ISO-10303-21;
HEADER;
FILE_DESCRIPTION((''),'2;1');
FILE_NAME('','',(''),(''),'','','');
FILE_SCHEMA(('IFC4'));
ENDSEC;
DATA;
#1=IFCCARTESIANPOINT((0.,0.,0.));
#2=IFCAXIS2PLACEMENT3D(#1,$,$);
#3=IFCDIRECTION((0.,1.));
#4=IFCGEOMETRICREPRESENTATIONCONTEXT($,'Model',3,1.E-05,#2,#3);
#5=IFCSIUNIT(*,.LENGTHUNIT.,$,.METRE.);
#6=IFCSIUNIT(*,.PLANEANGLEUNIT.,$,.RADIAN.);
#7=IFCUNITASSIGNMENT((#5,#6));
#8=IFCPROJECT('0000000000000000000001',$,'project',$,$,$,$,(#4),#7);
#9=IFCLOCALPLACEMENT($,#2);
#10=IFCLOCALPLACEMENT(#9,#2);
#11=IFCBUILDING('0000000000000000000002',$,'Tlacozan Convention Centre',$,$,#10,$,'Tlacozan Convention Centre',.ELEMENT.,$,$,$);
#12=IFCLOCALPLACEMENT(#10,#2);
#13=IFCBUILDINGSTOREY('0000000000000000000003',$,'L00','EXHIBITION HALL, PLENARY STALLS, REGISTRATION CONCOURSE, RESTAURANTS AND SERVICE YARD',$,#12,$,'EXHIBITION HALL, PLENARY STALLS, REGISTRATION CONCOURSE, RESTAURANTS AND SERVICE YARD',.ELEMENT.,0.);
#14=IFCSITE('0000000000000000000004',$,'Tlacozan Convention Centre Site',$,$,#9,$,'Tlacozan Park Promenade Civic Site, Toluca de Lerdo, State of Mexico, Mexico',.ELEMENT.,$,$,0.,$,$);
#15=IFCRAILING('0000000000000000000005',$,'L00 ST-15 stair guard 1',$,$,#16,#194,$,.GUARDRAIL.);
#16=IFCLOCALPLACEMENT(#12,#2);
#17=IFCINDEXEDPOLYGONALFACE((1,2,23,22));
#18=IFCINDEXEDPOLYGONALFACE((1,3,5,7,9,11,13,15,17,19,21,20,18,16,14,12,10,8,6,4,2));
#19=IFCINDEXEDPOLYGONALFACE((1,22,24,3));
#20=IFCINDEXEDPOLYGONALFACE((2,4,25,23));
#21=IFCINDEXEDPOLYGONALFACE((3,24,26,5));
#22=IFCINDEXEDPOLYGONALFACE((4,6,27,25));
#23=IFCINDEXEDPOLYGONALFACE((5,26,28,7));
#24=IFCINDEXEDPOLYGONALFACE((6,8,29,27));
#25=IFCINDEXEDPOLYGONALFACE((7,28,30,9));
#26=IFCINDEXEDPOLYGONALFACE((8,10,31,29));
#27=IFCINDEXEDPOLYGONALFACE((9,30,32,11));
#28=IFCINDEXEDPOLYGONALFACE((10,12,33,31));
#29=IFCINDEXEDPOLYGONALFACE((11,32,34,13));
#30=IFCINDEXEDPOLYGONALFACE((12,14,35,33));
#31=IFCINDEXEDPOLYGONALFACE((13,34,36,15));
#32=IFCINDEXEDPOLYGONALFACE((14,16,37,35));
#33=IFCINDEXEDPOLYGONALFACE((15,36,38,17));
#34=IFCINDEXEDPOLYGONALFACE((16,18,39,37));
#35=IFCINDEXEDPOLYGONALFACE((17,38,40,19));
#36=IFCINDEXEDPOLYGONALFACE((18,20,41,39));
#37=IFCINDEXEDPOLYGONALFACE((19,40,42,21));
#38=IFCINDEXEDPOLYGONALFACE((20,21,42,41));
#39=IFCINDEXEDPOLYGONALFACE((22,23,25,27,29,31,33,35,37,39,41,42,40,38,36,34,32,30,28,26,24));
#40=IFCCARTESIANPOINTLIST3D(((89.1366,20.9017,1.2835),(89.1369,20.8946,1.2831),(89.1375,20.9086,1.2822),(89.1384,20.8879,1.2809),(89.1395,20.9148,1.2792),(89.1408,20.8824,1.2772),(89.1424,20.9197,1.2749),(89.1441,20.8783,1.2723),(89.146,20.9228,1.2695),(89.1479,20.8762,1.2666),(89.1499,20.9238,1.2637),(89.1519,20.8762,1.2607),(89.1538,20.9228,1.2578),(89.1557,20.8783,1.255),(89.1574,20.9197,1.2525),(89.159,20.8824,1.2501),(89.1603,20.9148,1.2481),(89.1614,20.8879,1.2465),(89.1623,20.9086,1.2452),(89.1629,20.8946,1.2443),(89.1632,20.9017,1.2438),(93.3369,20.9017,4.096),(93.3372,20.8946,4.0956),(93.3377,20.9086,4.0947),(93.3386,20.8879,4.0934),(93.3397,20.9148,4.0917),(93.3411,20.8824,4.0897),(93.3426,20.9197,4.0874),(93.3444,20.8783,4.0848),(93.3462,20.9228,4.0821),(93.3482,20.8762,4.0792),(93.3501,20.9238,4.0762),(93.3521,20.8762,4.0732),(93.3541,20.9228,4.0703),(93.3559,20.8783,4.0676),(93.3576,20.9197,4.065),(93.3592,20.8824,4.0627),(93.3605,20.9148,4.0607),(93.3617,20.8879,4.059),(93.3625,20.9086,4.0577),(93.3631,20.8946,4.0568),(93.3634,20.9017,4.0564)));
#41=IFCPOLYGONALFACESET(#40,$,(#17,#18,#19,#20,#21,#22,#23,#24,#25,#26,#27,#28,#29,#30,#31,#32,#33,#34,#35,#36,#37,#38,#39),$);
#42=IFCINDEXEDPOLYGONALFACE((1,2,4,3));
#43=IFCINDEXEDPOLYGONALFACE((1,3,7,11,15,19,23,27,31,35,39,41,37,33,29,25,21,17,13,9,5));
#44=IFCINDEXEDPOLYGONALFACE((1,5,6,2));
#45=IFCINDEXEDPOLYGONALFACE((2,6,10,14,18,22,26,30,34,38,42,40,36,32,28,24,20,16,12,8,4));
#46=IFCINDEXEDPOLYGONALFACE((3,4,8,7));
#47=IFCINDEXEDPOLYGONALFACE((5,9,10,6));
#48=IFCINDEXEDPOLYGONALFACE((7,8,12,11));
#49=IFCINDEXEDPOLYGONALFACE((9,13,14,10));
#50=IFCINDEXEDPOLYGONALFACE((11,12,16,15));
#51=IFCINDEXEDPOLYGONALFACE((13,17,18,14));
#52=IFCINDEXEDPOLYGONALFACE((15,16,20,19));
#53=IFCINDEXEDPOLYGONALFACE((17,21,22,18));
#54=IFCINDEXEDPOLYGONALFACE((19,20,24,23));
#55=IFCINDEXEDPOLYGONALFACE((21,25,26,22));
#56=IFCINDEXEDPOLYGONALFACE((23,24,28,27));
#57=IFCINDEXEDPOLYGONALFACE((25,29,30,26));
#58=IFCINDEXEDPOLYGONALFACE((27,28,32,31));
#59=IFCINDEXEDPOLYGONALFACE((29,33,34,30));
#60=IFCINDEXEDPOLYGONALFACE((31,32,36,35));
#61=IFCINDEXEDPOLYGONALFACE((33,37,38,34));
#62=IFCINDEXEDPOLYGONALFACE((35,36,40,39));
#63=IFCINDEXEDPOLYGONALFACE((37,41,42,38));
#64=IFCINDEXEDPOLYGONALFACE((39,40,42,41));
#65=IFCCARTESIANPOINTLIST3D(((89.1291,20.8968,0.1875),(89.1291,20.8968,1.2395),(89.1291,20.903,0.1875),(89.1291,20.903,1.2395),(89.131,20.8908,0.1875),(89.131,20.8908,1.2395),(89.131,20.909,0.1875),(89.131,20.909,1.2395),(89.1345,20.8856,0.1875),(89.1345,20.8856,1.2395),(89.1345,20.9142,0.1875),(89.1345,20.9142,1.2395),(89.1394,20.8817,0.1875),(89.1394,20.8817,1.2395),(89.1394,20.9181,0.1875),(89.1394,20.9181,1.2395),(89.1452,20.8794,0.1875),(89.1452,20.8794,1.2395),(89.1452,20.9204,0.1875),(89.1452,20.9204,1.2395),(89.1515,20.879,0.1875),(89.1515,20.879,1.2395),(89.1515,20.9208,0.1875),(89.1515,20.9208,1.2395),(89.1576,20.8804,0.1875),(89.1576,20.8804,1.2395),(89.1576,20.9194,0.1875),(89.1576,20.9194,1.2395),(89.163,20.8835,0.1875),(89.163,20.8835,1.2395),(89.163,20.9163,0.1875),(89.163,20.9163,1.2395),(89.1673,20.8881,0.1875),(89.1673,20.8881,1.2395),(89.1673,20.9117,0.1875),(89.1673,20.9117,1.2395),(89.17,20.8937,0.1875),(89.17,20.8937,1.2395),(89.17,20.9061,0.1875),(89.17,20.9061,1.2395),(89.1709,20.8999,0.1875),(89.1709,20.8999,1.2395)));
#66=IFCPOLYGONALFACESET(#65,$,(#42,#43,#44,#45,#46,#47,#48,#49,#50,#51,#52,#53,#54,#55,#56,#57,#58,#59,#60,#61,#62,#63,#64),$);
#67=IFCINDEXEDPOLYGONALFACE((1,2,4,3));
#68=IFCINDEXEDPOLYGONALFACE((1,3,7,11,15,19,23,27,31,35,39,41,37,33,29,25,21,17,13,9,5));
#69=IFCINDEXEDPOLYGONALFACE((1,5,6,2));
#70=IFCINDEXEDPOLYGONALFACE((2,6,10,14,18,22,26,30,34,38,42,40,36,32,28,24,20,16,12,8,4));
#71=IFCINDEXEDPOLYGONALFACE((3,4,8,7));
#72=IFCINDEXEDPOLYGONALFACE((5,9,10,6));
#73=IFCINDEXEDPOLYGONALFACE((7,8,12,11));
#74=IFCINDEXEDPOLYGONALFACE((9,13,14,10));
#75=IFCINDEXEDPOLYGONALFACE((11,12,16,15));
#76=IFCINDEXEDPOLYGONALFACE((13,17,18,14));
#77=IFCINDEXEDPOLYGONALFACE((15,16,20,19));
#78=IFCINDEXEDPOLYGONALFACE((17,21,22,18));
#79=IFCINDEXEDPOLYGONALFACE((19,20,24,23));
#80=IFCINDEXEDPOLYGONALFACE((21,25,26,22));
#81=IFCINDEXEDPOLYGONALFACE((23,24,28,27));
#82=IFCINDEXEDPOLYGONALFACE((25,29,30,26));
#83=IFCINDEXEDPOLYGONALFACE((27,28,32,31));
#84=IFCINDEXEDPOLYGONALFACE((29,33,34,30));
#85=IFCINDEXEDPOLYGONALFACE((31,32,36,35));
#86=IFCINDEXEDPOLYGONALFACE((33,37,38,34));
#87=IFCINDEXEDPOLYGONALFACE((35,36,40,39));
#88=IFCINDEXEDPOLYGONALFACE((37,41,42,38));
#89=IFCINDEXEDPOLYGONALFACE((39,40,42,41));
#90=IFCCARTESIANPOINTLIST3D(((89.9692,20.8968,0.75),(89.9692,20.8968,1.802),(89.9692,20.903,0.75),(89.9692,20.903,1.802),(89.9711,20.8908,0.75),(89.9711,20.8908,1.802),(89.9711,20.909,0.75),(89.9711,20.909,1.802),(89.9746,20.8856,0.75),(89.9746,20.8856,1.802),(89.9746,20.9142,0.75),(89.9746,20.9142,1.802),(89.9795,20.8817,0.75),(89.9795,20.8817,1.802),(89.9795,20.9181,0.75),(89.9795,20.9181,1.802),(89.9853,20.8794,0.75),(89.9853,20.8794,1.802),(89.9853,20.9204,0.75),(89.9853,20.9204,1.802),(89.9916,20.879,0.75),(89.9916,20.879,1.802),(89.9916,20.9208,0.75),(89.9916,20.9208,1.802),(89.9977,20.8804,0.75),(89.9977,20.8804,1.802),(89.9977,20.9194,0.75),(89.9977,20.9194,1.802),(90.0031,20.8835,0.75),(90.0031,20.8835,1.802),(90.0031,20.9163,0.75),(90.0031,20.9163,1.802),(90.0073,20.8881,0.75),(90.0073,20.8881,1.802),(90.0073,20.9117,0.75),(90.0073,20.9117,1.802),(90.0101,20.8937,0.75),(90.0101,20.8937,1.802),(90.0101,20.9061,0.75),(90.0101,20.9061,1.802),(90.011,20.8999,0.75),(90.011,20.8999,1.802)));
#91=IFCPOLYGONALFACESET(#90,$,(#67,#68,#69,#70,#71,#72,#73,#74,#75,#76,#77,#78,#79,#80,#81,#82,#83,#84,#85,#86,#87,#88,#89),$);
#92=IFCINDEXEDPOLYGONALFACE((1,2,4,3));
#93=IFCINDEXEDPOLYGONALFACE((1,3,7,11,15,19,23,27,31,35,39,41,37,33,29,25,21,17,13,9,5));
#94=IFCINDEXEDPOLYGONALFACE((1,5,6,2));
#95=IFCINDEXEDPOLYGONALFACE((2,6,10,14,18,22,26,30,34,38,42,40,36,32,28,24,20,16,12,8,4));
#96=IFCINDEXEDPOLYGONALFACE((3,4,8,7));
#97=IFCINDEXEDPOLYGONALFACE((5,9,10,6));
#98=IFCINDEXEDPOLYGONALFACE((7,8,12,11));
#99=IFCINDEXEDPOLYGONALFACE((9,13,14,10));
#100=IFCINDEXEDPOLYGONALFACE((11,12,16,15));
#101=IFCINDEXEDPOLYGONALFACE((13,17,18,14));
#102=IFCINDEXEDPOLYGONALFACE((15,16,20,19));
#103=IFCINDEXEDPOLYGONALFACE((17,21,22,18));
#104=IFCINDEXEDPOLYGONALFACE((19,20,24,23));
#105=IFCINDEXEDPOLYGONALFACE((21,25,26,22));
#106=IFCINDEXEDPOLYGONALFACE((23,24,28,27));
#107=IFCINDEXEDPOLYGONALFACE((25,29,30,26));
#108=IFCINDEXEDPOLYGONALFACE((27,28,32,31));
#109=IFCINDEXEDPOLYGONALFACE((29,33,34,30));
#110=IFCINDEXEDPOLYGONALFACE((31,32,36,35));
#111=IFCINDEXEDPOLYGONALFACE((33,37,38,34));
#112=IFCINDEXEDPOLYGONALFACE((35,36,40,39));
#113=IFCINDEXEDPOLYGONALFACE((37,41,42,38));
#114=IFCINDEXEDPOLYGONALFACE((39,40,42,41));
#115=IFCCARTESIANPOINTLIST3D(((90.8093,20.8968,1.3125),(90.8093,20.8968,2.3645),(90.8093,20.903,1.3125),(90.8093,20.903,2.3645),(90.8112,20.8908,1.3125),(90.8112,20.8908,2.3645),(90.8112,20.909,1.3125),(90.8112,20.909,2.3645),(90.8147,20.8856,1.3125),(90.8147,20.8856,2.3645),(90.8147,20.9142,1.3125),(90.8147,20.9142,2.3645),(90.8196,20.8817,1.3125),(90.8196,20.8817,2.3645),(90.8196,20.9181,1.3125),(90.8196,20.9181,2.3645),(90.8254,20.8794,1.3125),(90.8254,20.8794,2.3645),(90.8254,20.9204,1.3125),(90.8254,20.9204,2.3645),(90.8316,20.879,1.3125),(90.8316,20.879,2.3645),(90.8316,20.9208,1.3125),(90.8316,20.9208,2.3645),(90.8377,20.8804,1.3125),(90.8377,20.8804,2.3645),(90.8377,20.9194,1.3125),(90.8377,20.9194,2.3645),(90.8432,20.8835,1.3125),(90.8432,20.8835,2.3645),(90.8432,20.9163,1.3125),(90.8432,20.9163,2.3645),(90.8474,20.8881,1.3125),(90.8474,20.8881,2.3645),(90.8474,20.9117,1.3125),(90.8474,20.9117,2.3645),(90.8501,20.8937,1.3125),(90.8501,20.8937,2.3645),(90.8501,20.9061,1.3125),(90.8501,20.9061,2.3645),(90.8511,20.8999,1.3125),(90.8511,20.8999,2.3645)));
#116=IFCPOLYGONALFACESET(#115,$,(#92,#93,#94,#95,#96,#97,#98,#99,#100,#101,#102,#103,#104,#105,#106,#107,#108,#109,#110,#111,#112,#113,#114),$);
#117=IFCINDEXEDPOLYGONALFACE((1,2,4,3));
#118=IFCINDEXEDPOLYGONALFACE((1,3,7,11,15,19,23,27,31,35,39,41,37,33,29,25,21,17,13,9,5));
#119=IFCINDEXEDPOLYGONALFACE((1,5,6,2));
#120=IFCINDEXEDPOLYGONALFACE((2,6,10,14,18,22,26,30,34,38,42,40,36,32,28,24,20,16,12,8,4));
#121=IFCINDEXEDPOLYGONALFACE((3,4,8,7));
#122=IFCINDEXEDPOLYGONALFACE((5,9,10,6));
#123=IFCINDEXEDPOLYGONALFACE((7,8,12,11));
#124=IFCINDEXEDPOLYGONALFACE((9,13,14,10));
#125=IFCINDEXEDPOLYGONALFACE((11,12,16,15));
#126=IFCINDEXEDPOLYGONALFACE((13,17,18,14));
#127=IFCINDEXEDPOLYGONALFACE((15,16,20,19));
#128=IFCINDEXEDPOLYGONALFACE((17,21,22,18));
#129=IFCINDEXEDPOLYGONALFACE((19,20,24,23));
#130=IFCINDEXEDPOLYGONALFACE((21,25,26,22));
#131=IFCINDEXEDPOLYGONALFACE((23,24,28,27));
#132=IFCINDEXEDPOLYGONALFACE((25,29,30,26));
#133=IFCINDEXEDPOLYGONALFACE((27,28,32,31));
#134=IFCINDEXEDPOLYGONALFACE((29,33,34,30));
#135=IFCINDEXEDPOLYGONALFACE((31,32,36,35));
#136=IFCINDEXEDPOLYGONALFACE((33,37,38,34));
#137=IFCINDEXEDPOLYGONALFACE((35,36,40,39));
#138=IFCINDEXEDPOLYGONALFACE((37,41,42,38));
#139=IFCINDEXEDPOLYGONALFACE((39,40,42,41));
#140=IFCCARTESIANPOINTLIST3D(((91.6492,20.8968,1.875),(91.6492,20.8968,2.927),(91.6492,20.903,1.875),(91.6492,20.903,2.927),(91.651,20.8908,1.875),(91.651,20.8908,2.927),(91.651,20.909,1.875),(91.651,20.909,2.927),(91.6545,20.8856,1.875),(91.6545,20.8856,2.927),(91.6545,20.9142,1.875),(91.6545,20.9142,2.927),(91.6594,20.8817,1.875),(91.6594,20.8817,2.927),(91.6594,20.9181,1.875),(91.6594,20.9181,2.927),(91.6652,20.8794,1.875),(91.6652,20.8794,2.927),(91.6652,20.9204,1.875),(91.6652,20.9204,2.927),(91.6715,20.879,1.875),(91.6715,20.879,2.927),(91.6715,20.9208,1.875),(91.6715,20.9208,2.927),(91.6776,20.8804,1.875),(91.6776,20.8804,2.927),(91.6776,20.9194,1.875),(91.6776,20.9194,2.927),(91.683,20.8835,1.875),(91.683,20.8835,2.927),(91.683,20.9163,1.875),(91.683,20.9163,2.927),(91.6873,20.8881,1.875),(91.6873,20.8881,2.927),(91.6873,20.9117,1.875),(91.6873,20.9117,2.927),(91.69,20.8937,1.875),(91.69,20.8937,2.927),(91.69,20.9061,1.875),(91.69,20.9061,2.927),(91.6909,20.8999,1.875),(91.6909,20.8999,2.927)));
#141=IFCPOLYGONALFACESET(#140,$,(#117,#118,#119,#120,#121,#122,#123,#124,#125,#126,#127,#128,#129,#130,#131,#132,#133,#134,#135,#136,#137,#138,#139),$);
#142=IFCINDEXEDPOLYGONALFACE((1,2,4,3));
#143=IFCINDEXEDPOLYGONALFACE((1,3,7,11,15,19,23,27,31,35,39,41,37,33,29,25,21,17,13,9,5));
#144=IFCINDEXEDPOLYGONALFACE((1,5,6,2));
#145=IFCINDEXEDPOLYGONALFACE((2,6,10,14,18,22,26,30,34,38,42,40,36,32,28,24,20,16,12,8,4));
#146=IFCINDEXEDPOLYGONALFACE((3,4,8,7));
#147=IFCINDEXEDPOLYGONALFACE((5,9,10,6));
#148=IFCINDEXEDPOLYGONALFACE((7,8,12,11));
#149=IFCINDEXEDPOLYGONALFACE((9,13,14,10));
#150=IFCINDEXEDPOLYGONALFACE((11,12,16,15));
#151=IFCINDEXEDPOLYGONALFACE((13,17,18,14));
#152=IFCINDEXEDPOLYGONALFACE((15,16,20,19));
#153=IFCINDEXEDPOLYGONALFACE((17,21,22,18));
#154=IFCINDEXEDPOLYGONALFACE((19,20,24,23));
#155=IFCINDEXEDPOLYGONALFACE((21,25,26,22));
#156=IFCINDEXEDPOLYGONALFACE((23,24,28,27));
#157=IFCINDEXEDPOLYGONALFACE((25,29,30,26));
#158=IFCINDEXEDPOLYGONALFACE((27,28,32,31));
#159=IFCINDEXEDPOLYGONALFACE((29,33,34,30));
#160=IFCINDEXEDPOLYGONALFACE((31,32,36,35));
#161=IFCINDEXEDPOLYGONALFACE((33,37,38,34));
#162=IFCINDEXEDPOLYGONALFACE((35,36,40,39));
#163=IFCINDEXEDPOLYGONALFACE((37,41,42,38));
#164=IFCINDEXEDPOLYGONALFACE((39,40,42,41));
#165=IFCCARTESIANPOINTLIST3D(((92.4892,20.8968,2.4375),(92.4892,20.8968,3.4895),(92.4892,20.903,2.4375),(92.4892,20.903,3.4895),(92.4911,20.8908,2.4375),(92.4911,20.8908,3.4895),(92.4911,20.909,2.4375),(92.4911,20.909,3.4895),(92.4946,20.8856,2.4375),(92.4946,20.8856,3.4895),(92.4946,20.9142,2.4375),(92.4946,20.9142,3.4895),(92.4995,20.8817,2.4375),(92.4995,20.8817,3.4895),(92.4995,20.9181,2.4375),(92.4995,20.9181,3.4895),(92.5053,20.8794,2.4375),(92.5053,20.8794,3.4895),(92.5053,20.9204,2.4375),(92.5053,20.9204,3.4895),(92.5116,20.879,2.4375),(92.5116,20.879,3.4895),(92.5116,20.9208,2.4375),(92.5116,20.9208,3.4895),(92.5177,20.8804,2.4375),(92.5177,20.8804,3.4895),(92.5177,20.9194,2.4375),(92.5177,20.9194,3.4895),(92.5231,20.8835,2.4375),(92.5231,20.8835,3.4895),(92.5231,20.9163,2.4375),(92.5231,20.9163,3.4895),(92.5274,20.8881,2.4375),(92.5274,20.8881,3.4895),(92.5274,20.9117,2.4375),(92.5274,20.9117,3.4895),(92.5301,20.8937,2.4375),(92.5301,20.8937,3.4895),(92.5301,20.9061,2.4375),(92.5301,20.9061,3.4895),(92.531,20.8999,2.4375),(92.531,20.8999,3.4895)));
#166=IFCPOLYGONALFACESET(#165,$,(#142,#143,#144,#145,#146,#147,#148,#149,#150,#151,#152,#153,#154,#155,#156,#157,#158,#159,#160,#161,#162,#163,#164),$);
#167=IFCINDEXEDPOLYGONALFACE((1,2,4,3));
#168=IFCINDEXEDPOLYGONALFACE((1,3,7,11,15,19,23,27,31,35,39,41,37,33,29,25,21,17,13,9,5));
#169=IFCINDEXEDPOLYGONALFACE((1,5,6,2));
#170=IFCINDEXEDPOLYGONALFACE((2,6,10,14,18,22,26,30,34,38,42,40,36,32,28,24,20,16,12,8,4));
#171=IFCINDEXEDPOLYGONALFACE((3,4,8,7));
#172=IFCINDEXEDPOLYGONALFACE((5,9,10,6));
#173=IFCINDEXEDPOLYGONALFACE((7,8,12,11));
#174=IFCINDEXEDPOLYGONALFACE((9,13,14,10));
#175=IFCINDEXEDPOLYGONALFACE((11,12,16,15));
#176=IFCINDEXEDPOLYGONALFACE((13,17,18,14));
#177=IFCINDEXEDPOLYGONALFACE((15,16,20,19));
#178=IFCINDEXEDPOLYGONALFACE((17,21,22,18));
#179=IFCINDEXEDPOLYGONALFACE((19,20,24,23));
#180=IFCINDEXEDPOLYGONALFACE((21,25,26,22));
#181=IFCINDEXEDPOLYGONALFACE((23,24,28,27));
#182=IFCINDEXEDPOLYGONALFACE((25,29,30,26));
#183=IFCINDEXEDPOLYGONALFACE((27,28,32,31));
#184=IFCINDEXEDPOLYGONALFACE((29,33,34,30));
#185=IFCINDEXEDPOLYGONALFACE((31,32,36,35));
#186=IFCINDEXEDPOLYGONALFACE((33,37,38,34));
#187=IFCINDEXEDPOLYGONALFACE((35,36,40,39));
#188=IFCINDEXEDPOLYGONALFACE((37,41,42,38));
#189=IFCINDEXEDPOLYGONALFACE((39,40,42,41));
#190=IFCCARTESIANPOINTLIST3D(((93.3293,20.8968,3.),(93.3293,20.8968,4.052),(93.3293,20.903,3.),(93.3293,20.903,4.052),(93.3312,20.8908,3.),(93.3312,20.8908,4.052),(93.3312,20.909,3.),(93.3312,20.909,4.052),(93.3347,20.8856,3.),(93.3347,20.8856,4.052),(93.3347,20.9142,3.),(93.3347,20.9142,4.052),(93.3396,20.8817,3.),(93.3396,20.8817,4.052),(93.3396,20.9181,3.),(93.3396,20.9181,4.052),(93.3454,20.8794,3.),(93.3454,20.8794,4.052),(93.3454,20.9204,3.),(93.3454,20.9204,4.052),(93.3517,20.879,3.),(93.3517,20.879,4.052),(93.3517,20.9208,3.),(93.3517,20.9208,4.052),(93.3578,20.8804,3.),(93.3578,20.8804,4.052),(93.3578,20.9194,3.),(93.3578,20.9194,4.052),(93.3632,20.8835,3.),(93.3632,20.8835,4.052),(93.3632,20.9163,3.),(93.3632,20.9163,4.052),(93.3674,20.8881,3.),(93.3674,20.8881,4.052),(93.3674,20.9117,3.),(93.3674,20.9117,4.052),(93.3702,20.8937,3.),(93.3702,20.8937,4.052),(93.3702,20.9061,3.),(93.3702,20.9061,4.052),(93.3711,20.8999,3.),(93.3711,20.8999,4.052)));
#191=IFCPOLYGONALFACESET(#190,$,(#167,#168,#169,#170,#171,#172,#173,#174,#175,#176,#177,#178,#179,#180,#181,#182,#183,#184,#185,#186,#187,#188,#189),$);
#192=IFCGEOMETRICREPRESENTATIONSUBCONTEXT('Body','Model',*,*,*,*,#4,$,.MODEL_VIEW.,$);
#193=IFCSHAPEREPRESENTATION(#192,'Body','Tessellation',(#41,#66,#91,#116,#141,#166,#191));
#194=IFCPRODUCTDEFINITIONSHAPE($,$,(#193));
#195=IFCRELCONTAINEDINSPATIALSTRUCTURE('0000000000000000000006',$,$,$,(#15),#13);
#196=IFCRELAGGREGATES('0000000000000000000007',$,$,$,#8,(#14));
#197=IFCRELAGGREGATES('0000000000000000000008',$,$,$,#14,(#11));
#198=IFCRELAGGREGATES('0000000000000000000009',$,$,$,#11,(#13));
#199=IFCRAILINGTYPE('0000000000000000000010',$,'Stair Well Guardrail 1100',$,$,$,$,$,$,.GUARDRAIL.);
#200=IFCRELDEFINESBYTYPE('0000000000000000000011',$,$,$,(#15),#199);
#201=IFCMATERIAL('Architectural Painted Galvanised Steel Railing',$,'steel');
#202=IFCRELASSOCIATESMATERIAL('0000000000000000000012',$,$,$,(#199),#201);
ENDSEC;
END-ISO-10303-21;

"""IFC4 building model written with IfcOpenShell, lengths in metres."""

from ifc_helpers import new_model, si_unit, direction, frame, origin, origin_2d, place, context, subcontext, project, spatial, circle, extrude, material, type_object, element, save


model = new_model("IFC4")

# Units and contexts
model_context = context("Model", 3, precision=1e-05, world=origin(), true_north=direction((0.0, 1.0)))
body_context = subcontext(model_context, "Body", "Model", "MODEL_VIEW")
ifc_project = project(units=[si_unit("LENGTHUNIT", "METRE"), si_unit("PLANEANGLEUNIT", "RADIAN")], contexts=[model_context])

# Site, building, storey
site_placement = place(None, origin())
site = spatial("IfcSite", under=ifc_project, at=site_placement, Name="Tlacozan Convention Centre Site", LongName="Tlacozan Park Promenade Civic Site, Toluca de Lerdo, State of Mexico, Mexico", CompositionType="ELEMENT", RefElevation=0.0)
building_placement = place(site_placement, origin())
building = spatial("IfcBuilding", under=site, at=building_placement, Name="Tlacozan Convention Centre", LongName="Tlacozan Convention Centre", CompositionType="ELEMENT")
storey_placement = place(building_placement, origin())
storey = spatial("IfcBuildingStorey", under=building, at=storey_placement, Name="L00", Description="EXHIBITION HALL, PLENARY STALLS, REGISTRATION CONCOURSE, RESTAURANTS AND SERVICE YARD", LongName="EXHIBITION HALL, PLENARY STALLS, REGISTRATION CONCOURSE, RESTAURANTS AND SERVICE YARD", CompositionType="ELEMENT", Elevation=0.0)

# Railing
ifc_material_1 = material(Name="Architectural Painted Galvanised Steel Railing", Category="steel")
railing_type_1 = type_object("IfcRailingType", Name="Stair Well Guardrail 1100", PredefinedType="GUARDRAIL", material=ifc_material_1)
railing_1_placement = place(storey_placement, frame((89.1499, 20.8999, 0.1875)))
element("IfcRailing", 1, at=railing_1_placement, inside=storey, type_object=railing_type_1, Name="L00 ST-15 stair guard 1", PredefinedType="GUARDRAIL", context=body_context, shape_type="SweptSolid", body=[
    extrude(circle(Radius=0.0239, at=origin_2d()), frame((0.0, 0.0, 1.0762), z_axis=(0.830919, 0.0, 0.556393), x_axis=(0.0, 1.0, 0.0)), (0.0, 0.0, 1.0), 5.0549),
    extrude(circle(Radius=0.021, at=origin_2d()), origin(), (0.0, 0.0, 1.0), 1.052),
    extrude(circle(Radius=0.021, at=origin_2d()), frame((0.8401, 0.0, 0.5625)), (0.0, 0.0, 1.0), 1.052),
    extrude(circle(Radius=0.021, at=origin_2d()), frame((1.6802, 0.0, 1.125)), (0.0, 0.0, 1.0), 1.052),
    extrude(circle(Radius=0.021, at=origin_2d()), frame((2.52, 0.0, 1.6875)), (0.0, 0.0, 1.0), 1.052),
    extrude(circle(Radius=0.021, at=origin_2d()), frame((3.3601, 0.0, 2.25)), (0.0, 0.0, 1.0), 1.052),
    extrude(circle(Radius=0.021, at=origin_2d()), frame((4.2002, 0.0, 2.8125)), (0.0, 0.0, 1.0), 1.052),
])

save(model, "model.ifc")
